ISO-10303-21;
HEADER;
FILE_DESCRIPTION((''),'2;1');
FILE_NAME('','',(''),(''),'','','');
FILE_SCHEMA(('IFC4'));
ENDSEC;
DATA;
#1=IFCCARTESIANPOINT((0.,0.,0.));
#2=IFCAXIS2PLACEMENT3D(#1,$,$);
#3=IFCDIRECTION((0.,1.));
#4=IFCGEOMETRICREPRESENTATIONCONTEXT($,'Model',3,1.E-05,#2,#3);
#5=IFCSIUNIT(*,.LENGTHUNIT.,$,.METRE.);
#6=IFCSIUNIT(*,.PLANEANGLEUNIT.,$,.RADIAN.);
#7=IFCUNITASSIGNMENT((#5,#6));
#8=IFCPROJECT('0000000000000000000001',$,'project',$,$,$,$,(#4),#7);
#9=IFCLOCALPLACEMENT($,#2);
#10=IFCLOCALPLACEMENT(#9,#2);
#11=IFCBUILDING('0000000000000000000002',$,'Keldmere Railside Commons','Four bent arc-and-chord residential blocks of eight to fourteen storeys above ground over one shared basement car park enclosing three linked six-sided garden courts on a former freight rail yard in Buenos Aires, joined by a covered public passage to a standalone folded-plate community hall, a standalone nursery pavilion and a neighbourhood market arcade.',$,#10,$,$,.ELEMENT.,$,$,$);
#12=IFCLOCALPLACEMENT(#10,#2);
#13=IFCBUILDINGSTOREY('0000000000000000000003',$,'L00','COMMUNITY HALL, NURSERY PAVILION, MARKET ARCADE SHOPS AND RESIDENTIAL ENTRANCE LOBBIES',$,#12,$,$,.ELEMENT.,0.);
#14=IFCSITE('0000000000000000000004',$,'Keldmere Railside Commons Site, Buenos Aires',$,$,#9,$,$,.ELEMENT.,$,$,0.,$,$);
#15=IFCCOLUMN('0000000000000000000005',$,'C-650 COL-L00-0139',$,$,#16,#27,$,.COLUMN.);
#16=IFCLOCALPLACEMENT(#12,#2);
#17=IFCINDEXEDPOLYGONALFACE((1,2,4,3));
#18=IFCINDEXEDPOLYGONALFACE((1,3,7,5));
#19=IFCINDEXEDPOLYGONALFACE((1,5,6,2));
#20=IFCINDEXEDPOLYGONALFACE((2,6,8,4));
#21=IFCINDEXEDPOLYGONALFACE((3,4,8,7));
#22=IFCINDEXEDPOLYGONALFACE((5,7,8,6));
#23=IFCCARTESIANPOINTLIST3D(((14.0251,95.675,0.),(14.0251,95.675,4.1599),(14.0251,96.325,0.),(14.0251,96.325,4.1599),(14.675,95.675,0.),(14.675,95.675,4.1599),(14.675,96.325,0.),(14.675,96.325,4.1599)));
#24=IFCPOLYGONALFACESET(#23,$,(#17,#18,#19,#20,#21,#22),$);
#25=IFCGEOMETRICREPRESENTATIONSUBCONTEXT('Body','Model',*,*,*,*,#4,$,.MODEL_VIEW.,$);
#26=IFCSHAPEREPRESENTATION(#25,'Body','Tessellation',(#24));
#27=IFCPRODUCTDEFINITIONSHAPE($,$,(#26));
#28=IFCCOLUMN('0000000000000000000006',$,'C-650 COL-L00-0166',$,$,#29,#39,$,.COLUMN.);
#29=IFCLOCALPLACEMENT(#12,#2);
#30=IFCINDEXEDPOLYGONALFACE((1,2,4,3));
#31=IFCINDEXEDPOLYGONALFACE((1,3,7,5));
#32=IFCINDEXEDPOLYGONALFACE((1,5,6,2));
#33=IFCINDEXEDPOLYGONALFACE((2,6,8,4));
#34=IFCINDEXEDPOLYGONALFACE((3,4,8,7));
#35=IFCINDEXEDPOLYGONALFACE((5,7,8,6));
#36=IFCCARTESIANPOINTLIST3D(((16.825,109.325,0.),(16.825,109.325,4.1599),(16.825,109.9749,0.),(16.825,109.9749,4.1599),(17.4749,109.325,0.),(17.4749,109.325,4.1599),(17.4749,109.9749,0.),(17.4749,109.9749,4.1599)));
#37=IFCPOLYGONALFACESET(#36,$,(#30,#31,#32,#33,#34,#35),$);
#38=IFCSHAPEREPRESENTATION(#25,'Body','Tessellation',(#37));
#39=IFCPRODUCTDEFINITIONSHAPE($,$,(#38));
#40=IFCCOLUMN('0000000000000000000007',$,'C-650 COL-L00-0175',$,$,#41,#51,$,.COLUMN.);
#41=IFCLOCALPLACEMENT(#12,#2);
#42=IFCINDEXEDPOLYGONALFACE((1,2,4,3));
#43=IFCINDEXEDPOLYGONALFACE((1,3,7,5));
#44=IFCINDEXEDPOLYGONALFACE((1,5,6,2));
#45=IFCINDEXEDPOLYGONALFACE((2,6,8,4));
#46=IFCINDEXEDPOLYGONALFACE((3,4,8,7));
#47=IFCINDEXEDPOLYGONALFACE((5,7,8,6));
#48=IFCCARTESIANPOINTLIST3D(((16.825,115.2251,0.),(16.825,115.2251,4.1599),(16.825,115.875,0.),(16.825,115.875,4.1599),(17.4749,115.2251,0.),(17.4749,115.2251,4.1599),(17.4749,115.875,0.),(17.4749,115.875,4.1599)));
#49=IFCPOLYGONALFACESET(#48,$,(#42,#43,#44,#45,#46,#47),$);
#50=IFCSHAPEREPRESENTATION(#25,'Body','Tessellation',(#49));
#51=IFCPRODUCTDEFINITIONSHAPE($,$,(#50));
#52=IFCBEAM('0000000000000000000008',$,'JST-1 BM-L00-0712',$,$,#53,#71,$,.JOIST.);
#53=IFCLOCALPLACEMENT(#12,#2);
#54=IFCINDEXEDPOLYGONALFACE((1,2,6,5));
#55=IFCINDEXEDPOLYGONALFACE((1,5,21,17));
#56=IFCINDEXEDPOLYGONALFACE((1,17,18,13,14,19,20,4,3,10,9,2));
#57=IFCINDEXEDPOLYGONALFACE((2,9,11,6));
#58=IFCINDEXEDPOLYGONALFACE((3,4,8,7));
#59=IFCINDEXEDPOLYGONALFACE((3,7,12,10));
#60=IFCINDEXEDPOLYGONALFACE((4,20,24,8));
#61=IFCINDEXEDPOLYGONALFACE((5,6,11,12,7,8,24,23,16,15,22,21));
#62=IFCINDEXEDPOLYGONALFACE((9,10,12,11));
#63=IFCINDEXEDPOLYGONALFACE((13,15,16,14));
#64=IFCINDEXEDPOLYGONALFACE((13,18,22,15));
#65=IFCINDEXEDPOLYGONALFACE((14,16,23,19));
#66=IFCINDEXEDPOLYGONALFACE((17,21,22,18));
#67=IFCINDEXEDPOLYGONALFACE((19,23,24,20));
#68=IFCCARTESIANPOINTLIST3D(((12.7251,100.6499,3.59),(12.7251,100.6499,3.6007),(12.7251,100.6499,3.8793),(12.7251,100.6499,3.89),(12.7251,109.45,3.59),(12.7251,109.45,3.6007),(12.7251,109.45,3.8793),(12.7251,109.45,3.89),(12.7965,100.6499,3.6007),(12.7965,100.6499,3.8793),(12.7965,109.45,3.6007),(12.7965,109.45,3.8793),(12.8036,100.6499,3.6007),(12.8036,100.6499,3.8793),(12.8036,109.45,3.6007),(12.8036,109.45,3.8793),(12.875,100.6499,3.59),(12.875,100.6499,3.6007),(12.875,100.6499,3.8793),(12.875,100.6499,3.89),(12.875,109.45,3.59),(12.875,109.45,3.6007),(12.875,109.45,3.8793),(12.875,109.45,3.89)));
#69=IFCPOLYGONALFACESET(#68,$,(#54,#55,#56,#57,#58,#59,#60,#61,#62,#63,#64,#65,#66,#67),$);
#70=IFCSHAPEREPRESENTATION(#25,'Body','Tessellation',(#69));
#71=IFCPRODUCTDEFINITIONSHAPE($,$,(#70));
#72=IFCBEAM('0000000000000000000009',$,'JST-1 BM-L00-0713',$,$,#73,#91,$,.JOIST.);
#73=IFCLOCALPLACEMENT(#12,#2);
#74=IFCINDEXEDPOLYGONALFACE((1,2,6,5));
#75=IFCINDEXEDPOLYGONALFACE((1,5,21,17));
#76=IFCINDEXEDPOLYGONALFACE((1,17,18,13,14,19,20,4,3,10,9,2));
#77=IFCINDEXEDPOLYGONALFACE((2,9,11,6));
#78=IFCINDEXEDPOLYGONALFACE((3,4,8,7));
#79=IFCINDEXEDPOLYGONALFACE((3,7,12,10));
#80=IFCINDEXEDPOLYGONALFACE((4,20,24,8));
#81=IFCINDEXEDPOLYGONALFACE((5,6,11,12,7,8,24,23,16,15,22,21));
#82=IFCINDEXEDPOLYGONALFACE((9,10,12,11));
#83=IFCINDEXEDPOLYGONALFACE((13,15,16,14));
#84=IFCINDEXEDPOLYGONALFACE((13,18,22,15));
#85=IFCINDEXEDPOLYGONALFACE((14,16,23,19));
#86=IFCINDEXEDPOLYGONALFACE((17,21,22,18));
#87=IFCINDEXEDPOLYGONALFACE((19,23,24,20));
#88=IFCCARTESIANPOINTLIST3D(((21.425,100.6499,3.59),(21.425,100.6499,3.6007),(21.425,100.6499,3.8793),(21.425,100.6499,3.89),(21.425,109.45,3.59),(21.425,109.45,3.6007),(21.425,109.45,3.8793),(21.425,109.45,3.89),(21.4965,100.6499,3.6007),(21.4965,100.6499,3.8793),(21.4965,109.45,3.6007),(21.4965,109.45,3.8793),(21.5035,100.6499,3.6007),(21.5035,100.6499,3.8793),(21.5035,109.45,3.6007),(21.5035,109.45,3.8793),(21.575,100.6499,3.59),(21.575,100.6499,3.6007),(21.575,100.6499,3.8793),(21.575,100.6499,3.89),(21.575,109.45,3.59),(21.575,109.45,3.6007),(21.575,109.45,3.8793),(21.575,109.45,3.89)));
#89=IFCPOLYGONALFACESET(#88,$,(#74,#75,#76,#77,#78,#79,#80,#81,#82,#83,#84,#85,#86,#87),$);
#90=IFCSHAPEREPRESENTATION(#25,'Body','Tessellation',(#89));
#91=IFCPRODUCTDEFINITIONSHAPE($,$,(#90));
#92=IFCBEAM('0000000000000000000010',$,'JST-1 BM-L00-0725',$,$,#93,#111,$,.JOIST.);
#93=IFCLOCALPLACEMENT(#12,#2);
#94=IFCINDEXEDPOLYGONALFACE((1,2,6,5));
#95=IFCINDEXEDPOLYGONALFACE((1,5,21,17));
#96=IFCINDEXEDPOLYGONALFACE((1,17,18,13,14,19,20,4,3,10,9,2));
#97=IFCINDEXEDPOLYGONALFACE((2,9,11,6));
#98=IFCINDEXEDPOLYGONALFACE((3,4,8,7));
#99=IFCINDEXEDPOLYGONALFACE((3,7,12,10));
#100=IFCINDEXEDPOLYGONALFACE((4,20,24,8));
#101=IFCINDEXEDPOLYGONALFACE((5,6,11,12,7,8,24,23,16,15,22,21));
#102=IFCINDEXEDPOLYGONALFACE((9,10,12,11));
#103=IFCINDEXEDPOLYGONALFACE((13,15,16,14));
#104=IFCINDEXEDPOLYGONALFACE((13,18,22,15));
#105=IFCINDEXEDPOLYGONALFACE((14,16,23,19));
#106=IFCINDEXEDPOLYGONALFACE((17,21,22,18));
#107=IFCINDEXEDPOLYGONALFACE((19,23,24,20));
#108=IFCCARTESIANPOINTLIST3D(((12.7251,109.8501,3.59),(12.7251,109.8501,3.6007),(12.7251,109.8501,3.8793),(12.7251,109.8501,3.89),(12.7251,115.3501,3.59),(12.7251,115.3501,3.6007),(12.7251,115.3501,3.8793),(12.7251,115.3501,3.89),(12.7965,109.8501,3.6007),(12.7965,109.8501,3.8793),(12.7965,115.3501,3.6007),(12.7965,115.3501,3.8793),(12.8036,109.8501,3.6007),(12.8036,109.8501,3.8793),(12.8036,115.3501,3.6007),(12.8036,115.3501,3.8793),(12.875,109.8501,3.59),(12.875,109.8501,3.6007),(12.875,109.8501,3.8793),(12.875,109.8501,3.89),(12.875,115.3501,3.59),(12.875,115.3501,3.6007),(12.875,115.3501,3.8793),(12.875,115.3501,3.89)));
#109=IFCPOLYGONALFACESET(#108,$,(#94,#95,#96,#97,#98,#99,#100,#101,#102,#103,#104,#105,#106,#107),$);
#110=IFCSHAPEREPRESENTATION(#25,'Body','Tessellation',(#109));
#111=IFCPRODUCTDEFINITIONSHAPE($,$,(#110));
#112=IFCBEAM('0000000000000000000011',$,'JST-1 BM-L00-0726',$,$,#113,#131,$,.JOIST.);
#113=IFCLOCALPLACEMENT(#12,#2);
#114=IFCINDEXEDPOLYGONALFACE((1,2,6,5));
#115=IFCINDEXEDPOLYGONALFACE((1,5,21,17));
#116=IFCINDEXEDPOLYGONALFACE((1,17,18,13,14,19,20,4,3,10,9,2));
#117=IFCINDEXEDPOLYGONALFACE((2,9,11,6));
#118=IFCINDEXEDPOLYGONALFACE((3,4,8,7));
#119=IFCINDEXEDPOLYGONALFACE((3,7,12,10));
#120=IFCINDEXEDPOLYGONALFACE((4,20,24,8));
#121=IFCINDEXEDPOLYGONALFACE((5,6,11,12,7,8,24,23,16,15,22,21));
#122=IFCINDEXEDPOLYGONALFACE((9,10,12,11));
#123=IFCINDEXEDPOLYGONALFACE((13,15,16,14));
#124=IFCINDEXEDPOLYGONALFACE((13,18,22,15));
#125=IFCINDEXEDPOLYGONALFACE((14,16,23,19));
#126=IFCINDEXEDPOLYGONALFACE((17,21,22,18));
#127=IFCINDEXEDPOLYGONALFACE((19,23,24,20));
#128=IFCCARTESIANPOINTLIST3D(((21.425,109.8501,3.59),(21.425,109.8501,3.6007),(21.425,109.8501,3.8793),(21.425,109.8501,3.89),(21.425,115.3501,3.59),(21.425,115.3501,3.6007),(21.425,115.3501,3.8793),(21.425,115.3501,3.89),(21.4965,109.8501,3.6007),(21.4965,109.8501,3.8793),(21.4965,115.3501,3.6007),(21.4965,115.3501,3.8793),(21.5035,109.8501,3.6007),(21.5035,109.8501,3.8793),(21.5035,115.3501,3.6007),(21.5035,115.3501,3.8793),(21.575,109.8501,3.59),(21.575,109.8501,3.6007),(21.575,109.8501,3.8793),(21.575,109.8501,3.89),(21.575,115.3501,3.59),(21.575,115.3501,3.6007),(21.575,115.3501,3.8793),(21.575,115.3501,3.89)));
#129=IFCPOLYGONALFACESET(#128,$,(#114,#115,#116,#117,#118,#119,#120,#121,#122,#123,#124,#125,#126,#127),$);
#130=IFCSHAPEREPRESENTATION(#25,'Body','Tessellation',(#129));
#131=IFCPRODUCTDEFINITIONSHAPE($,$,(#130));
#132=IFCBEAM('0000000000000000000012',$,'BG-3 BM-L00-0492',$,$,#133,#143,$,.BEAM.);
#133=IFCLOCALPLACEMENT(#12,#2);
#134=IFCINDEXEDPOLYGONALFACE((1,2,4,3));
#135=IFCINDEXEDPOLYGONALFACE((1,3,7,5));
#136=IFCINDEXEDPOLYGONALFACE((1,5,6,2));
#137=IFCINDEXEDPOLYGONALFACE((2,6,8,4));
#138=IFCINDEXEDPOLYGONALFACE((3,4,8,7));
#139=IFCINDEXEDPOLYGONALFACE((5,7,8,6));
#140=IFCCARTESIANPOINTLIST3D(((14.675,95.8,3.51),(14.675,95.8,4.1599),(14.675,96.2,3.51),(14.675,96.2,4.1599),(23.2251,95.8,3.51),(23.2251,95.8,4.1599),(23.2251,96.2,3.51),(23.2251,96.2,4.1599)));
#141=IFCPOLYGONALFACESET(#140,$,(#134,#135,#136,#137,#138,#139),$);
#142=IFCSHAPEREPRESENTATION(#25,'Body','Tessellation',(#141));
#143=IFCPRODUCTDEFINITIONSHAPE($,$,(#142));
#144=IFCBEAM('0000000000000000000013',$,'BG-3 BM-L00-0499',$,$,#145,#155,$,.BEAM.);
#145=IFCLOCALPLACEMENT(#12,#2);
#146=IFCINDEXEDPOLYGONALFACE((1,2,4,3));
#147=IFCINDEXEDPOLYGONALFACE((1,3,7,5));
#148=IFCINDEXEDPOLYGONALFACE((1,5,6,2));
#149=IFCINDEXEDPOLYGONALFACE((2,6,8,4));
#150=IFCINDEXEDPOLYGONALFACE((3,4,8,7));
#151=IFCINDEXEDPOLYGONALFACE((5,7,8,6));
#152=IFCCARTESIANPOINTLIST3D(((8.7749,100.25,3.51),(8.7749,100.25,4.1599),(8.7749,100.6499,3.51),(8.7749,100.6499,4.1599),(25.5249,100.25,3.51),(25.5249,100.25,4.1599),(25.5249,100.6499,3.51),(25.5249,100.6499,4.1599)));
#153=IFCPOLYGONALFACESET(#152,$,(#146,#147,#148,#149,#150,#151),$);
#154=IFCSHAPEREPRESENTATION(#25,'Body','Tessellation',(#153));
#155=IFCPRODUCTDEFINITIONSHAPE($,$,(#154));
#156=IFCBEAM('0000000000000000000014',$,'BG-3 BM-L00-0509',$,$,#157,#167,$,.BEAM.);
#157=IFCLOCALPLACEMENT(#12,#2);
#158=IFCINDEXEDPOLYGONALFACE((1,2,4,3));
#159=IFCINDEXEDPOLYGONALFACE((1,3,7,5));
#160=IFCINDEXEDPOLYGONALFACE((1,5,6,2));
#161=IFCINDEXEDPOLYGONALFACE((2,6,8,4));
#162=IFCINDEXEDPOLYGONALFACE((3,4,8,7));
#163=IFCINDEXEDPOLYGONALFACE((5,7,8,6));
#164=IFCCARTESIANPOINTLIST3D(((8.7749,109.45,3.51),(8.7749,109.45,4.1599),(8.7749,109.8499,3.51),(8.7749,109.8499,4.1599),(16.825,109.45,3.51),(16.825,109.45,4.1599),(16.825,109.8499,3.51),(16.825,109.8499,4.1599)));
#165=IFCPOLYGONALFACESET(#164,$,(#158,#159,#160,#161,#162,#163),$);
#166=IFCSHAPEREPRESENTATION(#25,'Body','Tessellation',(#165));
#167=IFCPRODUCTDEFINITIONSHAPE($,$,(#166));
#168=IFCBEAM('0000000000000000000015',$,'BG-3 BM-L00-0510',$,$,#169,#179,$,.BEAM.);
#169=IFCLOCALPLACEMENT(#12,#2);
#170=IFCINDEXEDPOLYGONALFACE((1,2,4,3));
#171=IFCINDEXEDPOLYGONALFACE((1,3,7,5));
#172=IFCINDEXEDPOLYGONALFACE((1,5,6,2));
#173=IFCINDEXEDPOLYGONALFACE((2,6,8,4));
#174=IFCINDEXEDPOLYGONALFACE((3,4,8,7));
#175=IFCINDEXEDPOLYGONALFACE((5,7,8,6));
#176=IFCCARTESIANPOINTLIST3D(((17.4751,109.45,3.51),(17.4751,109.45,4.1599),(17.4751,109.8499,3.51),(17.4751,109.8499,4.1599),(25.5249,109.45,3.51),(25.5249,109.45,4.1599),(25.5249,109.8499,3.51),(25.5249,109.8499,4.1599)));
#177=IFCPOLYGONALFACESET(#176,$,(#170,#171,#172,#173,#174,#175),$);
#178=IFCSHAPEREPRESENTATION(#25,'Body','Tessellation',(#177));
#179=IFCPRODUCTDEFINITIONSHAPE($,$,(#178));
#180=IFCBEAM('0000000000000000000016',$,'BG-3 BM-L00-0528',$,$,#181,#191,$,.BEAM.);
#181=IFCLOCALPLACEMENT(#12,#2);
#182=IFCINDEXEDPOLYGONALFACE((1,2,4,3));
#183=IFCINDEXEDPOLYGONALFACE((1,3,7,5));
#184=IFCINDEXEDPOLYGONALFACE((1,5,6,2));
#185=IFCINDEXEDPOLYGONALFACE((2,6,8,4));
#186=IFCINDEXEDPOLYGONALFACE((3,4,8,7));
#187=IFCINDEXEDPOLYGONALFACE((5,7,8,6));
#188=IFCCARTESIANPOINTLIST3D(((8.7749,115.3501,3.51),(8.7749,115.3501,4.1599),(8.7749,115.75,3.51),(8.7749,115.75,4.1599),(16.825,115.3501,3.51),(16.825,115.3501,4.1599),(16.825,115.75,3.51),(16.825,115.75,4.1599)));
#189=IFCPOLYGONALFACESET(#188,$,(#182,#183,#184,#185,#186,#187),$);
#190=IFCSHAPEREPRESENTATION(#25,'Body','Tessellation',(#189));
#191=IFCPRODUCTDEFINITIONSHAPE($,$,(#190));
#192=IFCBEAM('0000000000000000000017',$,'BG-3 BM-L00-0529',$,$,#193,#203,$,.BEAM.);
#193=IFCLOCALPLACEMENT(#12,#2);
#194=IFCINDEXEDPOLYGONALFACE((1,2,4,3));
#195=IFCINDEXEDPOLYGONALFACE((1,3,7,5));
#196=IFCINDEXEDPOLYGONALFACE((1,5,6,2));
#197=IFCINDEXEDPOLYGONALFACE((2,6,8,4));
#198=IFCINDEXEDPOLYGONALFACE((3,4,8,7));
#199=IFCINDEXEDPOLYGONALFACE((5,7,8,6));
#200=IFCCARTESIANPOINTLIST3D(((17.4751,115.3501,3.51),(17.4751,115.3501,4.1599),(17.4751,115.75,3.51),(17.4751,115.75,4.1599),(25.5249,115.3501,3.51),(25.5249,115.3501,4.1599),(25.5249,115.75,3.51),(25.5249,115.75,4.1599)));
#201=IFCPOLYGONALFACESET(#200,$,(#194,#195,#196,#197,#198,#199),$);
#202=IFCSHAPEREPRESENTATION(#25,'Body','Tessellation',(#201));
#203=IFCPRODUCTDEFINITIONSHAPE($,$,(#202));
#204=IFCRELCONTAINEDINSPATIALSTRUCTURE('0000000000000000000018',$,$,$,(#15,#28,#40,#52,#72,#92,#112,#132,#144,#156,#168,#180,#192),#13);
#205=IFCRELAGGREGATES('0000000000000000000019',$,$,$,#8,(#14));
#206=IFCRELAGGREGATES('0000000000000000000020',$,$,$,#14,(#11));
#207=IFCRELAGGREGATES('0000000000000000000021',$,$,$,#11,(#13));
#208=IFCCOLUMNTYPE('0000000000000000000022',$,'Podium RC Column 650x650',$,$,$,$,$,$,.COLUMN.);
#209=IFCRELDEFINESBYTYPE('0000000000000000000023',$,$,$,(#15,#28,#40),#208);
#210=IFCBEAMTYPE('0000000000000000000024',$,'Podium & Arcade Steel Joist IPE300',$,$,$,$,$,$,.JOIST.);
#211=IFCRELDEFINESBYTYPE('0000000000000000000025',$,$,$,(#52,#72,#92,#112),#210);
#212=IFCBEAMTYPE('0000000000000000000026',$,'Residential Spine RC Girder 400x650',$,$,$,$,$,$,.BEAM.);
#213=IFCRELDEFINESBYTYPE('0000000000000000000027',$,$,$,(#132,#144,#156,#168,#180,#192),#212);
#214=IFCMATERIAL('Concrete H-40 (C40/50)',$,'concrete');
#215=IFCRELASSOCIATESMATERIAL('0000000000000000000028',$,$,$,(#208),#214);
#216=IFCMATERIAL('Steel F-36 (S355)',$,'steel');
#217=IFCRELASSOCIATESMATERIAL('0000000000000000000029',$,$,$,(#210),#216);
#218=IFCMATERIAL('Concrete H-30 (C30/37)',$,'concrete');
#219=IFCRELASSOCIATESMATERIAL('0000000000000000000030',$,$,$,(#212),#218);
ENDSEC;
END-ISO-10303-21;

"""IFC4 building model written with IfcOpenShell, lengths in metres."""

from ifc_helpers import new_model, si_unit, direction, frame, origin, origin_2d, place, context, subcontext, project, spatial, rectangle, i_section, extrude, material, material_profile, profile_set, type_object, element, save


model = new_model("IFC4")

# Units and contexts
model_context = context("Model", 3, precision=1e-05, world=origin(), true_north=direction((0.0, 1.0)))
body_context = subcontext(model_context, "Body", "Model", "MODEL_VIEW")
ifc_project = project(units=[si_unit("LENGTHUNIT", "METRE"), si_unit("PLANEANGLEUNIT", "RADIAN")], contexts=[model_context])

# Site, building, storey
site_placement = place(None, origin())
site = spatial("IfcSite", under=ifc_project, at=site_placement, Name="Keldmere Railside Commons Site, Buenos Aires", CompositionType="ELEMENT", RefElevation=0.0)
building_placement = place(site_placement, origin())
building = spatial("IfcBuilding", under=site, at=building_placement, Name="Keldmere Railside Commons", Description="Four bent arc-and-chord residential blocks of eight to fourteen storeys above ground over one shared basement car park enclosing three linked six-sided garden courts on a former freight rail yard in Buenos Aires, joined by a covered public passage to a standalone folded-plate community hall, a standalone nursery pavilion and a neighbourhood market arcade.", CompositionType="ELEMENT")
storey_placement = place(building_placement, origin())
storey = spatial("IfcBuildingStorey", under=building, at=storey_placement, Name="L00", Description="COMMUNITY HALL, NURSERY PAVILION, MARKET ARCADE SHOPS AND RESIDENTIAL ENTRANCE LOBBIES", CompositionType="ELEMENT", Elevation=0.0)

# Columns
ifc_material_1 = material(Name="Concrete H-40 (C40/50)", Category="concrete")
ifc_material_profile_1 = material_profile(ifc_material_1, rectangle(XDim=0.6499, YDim=0.6499, at=origin_2d()), Name="RC-650x650")
ifc_profile_set_1 = profile_set([ifc_material_profile_1], Name="Concrete H-40 (C40/50)")
column_type = type_object("IfcColumnType", Name="Podium RC Column 650x650", PredefinedType="COLUMN", material=ifc_profile_set_1)
for number, where, z_axis, x_axis, name in (
    (1, (14.3501, 96.0, 0.0), (0.0, 0.0, 1.0), (1.0, 0.0, 0.0), "C-650 COL-L00-0139"),
    (2, (17.1499, 109.6499, 0.0), (0.0, 0.0, 1.0), (1.0, 0.0, 0.0), "C-650 COL-L00-0166"),
    (3, (17.1499, 115.55, 0.0), (0.0, 0.0, 1.0), (1.0, 0.0, 0.0), "C-650 COL-L00-0175"),
):
    element("IfcColumn", number, at=place(storey_placement, frame(where, z_axis=z_axis, x_axis=x_axis)), inside=storey, type_object=column_type, Name=name, PredefinedType="COLUMN", context=body_context, shape_type="SweptSolid", body=[
        extrude(rectangle(XDim=0.6499, YDim=0.6499, at=origin_2d()), origin(), (0.0, 0.0, 1.0), 4.1599),
    ])

# Beams
ifc_material_2 = material(Name="Steel F-36 (S355)", Category="steel")
ifc_material_profile_2 = material_profile(ifc_material_2, i_section(OverallWidth=0.1499, OverallDepth=0.3, WebThickness=0.0071, FlangeThickness=0.0107, at=origin_2d()), Name="IPE-300")
ifc_profile_set_2 = profile_set([ifc_material_profile_2], Name="Steel F-36 (S355)")
beam_type_1 = type_object("IfcBeamType", Name="Podium & Arcade Steel Joist IPE300", PredefinedType="JOIST", material=ifc_profile_set_2)
for number, where, z_axis, x_axis, name in (
    (4, (12.8, 100.6499, 3.74), (0.0, 1.0, 0.0), (-1.0, 0.0, 0.0), "JST-1 BM-L00-0712"),
    (5, (21.5, 100.6499, 3.74), (0.0, 1.0, 0.0), (-1.0, 0.0, 0.0), "JST-1 BM-L00-0713"),
):
    element("IfcBeam", number, at=place(storey_placement, frame(where, z_axis=z_axis, x_axis=x_axis)), inside=storey, type_object=beam_type_1, Name=name, PredefinedType="JOIST", context=body_context, shape_type="SweptSolid", body=[
        extrude(i_section(OverallWidth=0.1499, OverallDepth=0.3, WebThickness=0.0071, FlangeThickness=0.0107, at=origin_2d()), origin(), (0.0, 0.0, 1.0), 8.8),
    ])
for number, where, z_axis, x_axis, name in (
    (6, (12.8, 109.8501, 3.74), (0.0, 1.0, 0.0), (-1.0, 0.0, 0.0), "JST-1 BM-L00-0725"),
    (7, (21.5, 109.8501, 3.74), (0.0, 1.0, 0.0), (-1.0, 0.0, 0.0), "JST-1 BM-L00-0726"),
):
    element("IfcBeam", number, at=place(storey_placement, frame(where, z_axis=z_axis, x_axis=x_axis)), inside=storey, type_object=beam_type_1, Name=name, PredefinedType="JOIST", context=body_context, shape_type="SweptSolid", body=[
        extrude(i_section(OverallWidth=0.1499, OverallDepth=0.3, WebThickness=0.0071, FlangeThickness=0.0107, at=origin_2d()), origin(), (0.0, 0.0, 1.0), 5.5),
    ])
ifc_material_3 = material(Name="Concrete H-30 (C30/37)", Category="concrete")
ifc_material_profile_3 = material_profile(ifc_material_3, rectangle(XDim=0.3999, YDim=0.6499, at=origin_2d()), Name="RC-400x650")
ifc_profile_set_3 = profile_set([ifc_material_profile_3], Name="Concrete H-30 (C30/37)")
beam_type_2 = type_object("IfcBeamType", Name="Residential Spine RC Girder 400x650", PredefinedType="BEAM", material=ifc_profile_set_3)
beam_1_placement = place(storey_placement, frame((14.675, 96.0, 3.835), z_axis=(1.0, 0.0, 0.0), x_axis=(0.0, 1.0, 0.0)))
element("IfcBeam", 8, at=beam_1_placement, inside=storey, type_object=beam_type_2, Name="BG-3 BM-L00-0492", PredefinedType="BEAM", context=body_context, shape_type="SweptSolid", body=[
    extrude(rectangle(XDim=0.3999, YDim=0.6499, at=origin_2d()), origin(), (0.0, 0.0, 1.0), 8.55),
])
beam_2_placement = place(storey_placement, frame((8.7749, 100.45, 3.835), z_axis=(1.0, 0.0, 0.0), x_axis=(0.0, 1.0, 0.0)))
element("IfcBeam", 9, at=beam_2_placement, inside=storey, type_object=beam_type_2, Name="BG-3 BM-L00-0499", PredefinedType="BEAM", context=body_context, shape_type="SweptSolid", body=[
    extrude(rectangle(XDim=0.3999, YDim=0.6499, at=origin_2d()), origin(), (0.0, 0.0, 1.0), 16.75),
])
beam_3_placement = place(storey_placement, frame((8.7749, 109.6499, 3.835), z_axis=(1.0, 0.0, 0.0), x_axis=(0.0, 1.0, 0.0)))
element("IfcBeam", 10, at=beam_3_placement, inside=storey, type_object=beam_type_2, Name="BG-3 BM-L00-0509", PredefinedType="BEAM", context=body_context, shape_type="SweptSolid", body=[
    extrude(rectangle(XDim=0.3999, YDim=0.6499, at=origin_2d()), origin(), (0.0, 0.0, 1.0), 8.05),
])
beam_4_placement = place(storey_placement, frame((17.4751, 109.6499, 3.835), z_axis=(1.0, 0.0, 0.0), x_axis=(0.0, 1.0, 0.0)))
element("IfcBeam", 11, at=beam_4_placement, inside=storey, type_object=beam_type_2, Name="BG-3 BM-L00-0510", PredefinedType="BEAM", context=body_context, shape_type="SweptSolid", body=[
    extrude(rectangle(XDim=0.3999, YDim=0.6499, at=origin_2d()), origin(), (0.0, 0.0, 1.0), 8.0498),
])
beam_5_placement = place(storey_placement, frame((8.7749, 115.55, 3.835), z_axis=(1.0, 0.0, 0.0), x_axis=(0.0, 1.0, 0.0)))
element("IfcBeam", 12, at=beam_5_placement, inside=storey, type_object=beam_type_2, Name="BG-3 BM-L00-0528", PredefinedType="BEAM", context=body_context, shape_type="SweptSolid", body=[
    extrude(rectangle(XDim=0.3999, YDim=0.6499, at=origin_2d()), origin(), (0.0, 0.0, 1.0), 8.05),
])
beam_6_placement = place(storey_placement, frame((17.4751, 115.55, 3.835), z_axis=(1.0, 0.0, 0.0), x_axis=(0.0, 1.0, 0.0)))
element("IfcBeam", 13, at=beam_6_placement, inside=storey, type_object=beam_type_2, Name="BG-3 BM-L00-0529", PredefinedType="BEAM", context=body_context, shape_type="SweptSolid", body=[
    extrude(rectangle(XDim=0.3999, YDim=0.6499, at=origin_2d()), origin(), (0.0, 0.0, 1.0), 8.0498),
])

save(model, "model.ifc")
